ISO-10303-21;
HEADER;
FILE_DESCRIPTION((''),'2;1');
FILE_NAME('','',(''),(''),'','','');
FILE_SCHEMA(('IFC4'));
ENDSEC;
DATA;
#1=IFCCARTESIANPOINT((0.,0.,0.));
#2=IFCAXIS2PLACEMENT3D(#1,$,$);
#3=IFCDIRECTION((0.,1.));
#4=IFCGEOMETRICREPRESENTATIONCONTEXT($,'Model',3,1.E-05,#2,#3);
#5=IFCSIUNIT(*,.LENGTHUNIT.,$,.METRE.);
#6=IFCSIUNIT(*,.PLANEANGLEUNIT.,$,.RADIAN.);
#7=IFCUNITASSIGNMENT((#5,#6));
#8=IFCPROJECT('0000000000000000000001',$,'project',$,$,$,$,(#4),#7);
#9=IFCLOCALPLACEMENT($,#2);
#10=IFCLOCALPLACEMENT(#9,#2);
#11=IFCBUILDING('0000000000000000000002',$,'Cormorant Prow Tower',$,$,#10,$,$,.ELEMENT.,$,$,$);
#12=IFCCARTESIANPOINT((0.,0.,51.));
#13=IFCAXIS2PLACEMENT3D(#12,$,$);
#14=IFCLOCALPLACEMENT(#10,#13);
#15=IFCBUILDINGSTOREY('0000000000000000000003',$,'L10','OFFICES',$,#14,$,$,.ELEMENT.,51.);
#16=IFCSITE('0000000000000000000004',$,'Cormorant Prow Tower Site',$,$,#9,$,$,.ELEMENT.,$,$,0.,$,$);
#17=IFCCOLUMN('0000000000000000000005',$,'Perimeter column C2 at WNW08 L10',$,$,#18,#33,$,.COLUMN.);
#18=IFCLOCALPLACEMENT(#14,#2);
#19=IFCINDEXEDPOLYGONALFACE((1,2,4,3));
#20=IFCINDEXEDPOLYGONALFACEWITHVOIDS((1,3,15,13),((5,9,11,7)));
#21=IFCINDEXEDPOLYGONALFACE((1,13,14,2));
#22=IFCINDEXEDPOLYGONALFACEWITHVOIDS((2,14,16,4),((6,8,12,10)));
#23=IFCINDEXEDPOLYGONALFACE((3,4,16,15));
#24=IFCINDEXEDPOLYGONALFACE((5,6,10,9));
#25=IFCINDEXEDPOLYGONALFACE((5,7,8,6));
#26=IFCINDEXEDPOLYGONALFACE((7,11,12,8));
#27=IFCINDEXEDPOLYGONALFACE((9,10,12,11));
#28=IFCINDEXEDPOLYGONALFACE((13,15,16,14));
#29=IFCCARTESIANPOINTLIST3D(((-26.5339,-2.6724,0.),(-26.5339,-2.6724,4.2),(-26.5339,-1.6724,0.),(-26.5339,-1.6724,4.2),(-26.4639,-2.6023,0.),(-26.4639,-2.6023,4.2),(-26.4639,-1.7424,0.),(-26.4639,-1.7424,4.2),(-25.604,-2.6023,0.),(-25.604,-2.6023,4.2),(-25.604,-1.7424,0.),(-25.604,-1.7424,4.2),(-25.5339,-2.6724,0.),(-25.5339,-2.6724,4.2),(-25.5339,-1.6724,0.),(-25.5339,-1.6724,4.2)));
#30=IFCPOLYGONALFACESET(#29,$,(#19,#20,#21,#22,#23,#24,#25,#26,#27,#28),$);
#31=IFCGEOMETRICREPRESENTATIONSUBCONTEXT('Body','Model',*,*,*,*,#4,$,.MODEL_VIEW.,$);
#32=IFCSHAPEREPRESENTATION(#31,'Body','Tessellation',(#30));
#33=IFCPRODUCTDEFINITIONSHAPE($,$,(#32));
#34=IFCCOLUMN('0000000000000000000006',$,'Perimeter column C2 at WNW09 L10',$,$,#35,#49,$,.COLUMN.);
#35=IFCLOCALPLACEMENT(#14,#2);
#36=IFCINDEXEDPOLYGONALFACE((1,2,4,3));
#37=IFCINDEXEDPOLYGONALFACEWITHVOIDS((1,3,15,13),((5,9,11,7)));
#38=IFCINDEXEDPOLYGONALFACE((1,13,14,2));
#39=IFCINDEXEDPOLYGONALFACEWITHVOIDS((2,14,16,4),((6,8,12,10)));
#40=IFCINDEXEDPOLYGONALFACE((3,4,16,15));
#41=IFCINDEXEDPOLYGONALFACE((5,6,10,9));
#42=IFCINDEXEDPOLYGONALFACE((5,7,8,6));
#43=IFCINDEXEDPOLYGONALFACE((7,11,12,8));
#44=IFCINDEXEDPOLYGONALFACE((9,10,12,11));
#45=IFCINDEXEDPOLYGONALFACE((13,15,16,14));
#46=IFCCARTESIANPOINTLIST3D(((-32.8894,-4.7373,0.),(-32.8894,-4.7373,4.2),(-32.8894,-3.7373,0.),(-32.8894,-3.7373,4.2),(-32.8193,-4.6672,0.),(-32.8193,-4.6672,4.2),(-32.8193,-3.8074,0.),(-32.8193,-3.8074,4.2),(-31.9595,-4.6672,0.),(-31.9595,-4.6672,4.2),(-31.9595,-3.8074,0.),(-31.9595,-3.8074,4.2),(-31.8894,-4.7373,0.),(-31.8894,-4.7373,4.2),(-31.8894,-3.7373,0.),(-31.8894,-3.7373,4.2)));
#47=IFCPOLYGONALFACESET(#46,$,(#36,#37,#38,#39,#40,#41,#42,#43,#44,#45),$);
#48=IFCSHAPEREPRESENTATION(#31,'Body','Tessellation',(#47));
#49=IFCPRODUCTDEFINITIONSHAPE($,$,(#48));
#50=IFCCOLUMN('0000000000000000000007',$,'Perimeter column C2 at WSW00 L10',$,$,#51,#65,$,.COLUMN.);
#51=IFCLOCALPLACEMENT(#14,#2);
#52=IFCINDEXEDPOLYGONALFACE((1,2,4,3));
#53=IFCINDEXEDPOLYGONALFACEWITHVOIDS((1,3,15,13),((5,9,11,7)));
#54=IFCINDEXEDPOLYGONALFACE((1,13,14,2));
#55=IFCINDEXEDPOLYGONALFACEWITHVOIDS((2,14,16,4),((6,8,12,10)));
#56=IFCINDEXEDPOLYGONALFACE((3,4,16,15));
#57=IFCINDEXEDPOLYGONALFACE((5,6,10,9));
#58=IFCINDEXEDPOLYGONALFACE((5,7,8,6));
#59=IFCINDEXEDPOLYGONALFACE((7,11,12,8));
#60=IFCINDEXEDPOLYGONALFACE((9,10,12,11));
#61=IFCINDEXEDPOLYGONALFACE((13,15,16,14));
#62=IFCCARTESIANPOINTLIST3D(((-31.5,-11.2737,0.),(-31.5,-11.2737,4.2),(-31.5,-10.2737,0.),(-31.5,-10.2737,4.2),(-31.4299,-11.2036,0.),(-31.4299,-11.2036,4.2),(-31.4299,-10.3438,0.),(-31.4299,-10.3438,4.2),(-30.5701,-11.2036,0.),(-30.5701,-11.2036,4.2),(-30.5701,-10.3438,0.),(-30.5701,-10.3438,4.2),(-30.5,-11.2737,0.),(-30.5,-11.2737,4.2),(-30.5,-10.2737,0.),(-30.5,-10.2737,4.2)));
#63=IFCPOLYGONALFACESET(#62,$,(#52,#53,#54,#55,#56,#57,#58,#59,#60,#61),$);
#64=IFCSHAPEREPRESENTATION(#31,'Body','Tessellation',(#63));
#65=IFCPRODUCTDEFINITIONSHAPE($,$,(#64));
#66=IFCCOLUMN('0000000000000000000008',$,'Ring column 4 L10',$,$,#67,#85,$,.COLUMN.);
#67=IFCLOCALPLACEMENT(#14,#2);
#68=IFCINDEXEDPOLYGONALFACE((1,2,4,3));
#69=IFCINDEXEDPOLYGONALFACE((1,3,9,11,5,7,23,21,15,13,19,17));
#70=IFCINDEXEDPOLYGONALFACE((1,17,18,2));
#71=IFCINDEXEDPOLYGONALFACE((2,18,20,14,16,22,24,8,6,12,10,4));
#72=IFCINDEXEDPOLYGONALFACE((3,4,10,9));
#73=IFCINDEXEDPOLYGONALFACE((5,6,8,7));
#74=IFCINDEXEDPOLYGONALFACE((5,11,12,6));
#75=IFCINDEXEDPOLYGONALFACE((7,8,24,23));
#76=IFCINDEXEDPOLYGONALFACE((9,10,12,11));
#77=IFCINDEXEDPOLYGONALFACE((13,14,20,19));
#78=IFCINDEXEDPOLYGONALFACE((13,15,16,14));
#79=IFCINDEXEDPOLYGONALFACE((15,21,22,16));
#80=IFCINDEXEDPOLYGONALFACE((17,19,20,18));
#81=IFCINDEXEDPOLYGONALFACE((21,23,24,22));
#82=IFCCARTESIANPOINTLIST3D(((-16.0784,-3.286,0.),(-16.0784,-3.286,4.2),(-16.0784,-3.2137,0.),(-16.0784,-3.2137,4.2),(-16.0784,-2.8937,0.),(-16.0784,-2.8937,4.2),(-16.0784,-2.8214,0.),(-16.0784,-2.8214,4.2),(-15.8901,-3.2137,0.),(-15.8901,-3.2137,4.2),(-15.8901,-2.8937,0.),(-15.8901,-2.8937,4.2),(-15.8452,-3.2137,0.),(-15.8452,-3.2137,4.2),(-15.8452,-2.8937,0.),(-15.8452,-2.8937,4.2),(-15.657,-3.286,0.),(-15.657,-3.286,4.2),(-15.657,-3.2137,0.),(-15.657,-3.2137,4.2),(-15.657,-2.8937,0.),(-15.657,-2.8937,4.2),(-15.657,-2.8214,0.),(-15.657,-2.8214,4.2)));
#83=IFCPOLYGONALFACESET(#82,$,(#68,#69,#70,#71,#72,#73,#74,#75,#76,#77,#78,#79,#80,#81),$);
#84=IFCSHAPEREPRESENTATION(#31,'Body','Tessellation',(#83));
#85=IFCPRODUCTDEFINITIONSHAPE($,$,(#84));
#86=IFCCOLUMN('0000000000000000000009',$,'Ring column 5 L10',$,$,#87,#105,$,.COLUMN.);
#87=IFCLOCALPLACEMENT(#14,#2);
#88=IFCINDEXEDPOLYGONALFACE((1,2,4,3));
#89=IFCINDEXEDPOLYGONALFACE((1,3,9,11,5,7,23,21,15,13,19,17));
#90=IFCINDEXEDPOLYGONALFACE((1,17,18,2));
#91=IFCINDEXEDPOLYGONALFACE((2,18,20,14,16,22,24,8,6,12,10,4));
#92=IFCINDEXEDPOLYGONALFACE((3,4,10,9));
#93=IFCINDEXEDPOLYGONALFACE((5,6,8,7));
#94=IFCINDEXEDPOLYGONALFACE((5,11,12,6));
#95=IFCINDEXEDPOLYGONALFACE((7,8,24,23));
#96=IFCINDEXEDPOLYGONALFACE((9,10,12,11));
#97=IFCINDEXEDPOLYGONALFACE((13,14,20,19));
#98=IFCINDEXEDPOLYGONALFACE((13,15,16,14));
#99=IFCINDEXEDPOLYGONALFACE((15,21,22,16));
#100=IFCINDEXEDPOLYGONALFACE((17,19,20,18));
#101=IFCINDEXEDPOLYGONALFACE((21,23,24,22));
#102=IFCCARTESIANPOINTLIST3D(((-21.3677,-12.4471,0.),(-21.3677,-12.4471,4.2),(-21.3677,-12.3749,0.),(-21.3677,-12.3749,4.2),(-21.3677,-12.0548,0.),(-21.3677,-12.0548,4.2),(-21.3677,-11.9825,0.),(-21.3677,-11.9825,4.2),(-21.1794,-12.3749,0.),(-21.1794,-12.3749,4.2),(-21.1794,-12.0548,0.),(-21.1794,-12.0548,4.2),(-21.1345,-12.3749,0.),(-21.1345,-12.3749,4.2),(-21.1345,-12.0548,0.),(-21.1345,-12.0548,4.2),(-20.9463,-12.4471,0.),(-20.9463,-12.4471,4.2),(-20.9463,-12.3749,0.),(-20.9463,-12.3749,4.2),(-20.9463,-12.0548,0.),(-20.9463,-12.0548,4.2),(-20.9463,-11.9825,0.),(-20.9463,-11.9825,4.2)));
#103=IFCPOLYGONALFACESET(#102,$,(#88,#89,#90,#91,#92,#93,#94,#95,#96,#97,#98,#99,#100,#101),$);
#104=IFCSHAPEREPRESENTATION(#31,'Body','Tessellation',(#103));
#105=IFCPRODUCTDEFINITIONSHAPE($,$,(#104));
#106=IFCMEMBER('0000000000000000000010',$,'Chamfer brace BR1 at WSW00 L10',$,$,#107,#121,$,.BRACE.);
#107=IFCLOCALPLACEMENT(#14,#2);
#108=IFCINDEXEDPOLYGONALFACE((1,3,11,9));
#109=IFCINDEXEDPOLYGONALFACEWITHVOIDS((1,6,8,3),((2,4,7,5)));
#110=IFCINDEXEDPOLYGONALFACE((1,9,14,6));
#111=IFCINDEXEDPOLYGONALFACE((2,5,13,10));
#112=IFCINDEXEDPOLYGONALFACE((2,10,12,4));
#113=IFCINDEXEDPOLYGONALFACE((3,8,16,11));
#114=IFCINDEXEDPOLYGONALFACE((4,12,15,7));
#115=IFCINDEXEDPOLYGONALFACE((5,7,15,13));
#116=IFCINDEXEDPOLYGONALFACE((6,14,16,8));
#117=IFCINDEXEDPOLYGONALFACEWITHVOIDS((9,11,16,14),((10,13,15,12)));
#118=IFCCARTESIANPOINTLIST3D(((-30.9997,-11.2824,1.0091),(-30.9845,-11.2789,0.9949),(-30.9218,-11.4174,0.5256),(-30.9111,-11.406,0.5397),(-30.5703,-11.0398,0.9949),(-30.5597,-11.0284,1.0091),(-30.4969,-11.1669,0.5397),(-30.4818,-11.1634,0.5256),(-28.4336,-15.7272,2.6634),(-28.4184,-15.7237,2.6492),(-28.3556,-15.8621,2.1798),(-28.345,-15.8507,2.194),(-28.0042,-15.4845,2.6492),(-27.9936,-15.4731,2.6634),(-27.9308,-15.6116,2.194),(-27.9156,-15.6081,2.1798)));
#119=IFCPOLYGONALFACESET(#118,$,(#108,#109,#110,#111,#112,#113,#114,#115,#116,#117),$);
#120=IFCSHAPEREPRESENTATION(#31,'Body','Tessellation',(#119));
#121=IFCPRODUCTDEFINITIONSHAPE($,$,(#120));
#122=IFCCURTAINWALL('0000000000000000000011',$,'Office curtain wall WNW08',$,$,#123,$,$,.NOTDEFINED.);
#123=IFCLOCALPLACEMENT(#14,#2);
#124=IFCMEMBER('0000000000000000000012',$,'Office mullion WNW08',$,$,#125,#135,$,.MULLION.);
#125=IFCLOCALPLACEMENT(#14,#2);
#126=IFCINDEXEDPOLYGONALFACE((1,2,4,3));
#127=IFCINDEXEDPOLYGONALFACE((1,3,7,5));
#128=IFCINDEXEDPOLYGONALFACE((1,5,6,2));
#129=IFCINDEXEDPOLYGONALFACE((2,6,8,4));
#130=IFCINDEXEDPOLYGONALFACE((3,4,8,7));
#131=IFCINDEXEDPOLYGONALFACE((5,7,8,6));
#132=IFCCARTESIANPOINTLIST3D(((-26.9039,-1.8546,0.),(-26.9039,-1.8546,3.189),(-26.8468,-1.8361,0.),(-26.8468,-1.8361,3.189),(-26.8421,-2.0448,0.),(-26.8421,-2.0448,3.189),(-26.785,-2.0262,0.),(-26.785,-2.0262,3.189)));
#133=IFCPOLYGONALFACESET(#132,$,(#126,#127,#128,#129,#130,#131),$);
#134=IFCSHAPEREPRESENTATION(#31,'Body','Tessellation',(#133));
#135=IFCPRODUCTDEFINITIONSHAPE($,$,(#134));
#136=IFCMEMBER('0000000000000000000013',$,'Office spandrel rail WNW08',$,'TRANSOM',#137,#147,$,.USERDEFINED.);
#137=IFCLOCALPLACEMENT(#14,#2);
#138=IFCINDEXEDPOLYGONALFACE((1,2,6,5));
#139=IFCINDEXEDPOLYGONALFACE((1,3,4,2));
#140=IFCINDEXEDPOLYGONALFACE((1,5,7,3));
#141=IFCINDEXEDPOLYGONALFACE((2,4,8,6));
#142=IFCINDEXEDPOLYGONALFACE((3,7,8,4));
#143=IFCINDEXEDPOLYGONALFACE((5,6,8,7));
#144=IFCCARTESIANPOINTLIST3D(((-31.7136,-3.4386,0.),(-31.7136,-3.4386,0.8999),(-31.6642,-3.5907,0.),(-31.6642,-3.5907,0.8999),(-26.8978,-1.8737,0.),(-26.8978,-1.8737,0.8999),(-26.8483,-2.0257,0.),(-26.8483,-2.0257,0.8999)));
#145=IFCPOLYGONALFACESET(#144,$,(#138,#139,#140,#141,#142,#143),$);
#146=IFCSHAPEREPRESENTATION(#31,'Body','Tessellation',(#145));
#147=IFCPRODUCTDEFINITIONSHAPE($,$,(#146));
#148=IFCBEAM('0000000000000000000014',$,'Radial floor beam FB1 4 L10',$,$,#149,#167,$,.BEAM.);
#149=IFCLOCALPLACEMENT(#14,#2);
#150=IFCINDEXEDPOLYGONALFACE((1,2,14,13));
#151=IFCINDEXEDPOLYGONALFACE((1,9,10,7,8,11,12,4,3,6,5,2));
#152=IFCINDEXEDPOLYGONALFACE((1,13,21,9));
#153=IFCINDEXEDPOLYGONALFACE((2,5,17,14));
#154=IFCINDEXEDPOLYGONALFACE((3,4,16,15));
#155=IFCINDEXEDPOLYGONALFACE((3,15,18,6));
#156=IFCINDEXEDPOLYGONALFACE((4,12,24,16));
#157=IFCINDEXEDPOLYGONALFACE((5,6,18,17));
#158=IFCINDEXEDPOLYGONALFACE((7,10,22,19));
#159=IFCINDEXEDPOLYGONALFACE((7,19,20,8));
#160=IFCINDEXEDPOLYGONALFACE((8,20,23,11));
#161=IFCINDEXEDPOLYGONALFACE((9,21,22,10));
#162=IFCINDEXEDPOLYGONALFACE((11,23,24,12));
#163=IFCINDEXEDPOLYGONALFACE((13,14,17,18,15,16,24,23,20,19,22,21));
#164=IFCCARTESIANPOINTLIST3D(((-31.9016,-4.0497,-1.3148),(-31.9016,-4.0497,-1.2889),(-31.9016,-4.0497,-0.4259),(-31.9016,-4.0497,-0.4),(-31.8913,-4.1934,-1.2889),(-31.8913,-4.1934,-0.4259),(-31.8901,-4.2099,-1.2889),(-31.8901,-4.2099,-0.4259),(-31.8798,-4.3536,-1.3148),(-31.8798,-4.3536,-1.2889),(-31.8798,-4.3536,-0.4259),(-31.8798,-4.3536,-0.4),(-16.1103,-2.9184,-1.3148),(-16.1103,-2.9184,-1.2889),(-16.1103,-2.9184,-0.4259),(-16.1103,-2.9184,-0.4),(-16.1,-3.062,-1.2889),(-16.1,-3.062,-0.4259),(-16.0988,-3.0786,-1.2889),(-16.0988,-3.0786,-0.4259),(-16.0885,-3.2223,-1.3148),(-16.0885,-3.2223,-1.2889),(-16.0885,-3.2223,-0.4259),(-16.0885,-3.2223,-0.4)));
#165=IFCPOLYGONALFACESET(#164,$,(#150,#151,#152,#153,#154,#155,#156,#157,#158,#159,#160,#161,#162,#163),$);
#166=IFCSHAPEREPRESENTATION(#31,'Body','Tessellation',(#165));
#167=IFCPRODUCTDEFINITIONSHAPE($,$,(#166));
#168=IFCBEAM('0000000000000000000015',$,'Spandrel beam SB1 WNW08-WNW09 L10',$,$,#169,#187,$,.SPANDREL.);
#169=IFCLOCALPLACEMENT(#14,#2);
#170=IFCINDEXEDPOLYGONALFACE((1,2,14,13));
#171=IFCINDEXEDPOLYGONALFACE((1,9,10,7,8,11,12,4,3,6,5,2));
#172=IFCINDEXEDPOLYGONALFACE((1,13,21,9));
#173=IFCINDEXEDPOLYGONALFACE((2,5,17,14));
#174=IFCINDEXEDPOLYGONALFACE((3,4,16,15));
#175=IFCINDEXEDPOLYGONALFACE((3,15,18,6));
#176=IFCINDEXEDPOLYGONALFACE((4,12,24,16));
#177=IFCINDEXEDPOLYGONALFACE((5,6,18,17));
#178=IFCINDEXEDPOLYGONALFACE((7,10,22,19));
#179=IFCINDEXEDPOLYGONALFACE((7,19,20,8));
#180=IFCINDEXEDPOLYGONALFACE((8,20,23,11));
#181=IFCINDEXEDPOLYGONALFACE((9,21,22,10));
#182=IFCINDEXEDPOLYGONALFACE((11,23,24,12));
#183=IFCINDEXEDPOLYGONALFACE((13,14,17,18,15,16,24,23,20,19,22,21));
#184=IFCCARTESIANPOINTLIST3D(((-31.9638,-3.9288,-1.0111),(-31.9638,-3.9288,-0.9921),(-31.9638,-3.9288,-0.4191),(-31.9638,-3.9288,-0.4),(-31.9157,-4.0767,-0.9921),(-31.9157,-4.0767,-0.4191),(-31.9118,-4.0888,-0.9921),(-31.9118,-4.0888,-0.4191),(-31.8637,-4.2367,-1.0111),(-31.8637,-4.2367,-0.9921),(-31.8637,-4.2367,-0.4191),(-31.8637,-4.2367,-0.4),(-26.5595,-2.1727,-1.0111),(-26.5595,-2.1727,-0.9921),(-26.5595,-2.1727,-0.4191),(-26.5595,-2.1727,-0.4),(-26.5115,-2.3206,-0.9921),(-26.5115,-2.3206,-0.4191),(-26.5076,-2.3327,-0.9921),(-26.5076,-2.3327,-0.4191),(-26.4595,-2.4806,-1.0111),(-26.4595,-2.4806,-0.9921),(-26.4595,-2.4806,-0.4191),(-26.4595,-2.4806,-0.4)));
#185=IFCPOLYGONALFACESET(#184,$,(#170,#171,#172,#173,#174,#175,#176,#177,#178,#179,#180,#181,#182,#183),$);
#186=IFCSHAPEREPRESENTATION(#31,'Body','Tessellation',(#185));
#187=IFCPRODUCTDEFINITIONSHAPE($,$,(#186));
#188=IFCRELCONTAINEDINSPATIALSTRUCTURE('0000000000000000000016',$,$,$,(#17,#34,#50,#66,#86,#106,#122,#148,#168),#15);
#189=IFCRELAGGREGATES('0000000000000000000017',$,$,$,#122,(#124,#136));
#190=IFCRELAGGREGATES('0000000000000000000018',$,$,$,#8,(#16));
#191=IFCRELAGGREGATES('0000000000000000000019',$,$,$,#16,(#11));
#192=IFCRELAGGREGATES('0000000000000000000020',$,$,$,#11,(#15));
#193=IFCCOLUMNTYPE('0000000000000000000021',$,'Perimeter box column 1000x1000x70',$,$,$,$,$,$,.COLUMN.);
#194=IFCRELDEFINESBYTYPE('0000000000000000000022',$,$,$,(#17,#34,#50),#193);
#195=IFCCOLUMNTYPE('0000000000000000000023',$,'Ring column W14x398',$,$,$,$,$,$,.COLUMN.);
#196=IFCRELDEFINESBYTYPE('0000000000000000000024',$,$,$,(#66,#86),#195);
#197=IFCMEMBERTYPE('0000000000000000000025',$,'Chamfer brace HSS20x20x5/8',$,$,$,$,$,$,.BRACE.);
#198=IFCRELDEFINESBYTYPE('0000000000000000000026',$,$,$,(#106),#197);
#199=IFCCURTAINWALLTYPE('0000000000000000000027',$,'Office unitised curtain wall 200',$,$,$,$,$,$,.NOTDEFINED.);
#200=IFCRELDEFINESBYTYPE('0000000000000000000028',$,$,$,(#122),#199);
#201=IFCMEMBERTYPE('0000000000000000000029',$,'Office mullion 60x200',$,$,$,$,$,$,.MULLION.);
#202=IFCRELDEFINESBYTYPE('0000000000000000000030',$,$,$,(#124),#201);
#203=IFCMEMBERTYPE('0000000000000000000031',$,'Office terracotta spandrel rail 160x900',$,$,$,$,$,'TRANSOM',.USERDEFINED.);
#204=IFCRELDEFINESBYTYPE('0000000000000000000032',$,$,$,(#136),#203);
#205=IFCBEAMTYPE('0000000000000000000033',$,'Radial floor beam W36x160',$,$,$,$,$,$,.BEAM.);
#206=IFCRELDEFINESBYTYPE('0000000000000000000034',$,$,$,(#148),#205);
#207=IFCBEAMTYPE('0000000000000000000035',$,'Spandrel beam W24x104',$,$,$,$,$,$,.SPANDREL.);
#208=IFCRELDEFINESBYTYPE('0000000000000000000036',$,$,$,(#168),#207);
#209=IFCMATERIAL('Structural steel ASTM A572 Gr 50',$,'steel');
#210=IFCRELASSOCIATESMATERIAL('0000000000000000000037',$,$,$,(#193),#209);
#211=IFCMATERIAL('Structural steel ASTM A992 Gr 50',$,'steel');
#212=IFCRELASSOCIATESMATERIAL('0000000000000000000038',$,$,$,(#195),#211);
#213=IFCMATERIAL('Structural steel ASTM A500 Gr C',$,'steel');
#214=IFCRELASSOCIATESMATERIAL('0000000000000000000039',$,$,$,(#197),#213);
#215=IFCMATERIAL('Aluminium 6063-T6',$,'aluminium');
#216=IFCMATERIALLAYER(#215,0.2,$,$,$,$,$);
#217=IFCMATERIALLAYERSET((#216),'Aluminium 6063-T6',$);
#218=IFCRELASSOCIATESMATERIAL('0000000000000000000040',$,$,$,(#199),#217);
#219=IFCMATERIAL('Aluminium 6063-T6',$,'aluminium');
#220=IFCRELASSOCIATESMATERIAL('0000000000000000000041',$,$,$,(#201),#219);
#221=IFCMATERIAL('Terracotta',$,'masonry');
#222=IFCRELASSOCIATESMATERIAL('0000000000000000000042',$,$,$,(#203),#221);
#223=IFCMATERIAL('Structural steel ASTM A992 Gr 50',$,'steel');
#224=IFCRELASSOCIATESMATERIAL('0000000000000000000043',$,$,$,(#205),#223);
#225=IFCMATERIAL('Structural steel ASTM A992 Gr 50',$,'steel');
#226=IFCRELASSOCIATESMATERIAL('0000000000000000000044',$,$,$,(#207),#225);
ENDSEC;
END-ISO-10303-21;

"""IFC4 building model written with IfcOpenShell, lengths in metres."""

from ifc_helpers import new_model, si_unit, direction, frame, origin, origin_2d, place, context, subcontext, project, spatial, rectangle, hollow_rectangle, i_section, extrude, material, layer, layer_set, material_profile, profile_set, type_object, element, aggregate, save


model = new_model("IFC4")

# Units and contexts
model_context = context("Model", 3, precision=1e-05, world=origin(), true_north=direction((0.0, 1.0)))
body_context = subcontext(model_context, "Body", "Model", "MODEL_VIEW")
ifc_project = project(units=[si_unit("LENGTHUNIT", "METRE"), si_unit("PLANEANGLEUNIT", "RADIAN")], contexts=[model_context])

# Site, building, storey
site_placement = place(None, origin())
site = spatial("IfcSite", under=ifc_project, at=site_placement, Name="Cormorant Prow Tower Site", CompositionType="ELEMENT", RefElevation=0.0)
building_placement = place(site_placement, origin())
building = spatial("IfcBuilding", under=site, at=building_placement, Name="Cormorant Prow Tower", CompositionType="ELEMENT")
storey_placement = place(building_placement, frame((0.0, 0.0, 51.0)))
storey = spatial("IfcBuildingStorey", under=building, at=storey_placement, Name="L10", Description="OFFICES", CompositionType="ELEMENT", Elevation=51.0)

# Columns
ifc_material_1 = material(Name="Structural steel ASTM A572 Gr 50", Category="steel")
ifc_material_profile_1 = material_profile(ifc_material_1, hollow_rectangle(XDim=1.0, YDim=1.0, WallThickness=0.0701, at=origin_2d()), Name="Box 1000x1000x70")
ifc_profile_set_1 = profile_set([ifc_material_profile_1], Name="Structural steel ASTM A572 Gr 50")
column_type_1 = type_object("IfcColumnType", Name="Perimeter box column 1000x1000x70", PredefinedType="COLUMN", material=ifc_profile_set_1)
for number, where, z_axis, x_axis, name in (
    (1, (-26.0339, -2.1724, 0.0), (0.0, 0.0, 1.0), (1.0, 0.0, 0.0), "Perimeter column C2 at WNW08 L10"),
    (2, (-32.3894, -4.2373, 0.0), (0.0, 0.0, 1.0), (1.0, 0.0, 0.0), "Perimeter column C2 at WNW09 L10"),
    (3, (-31.0, -10.7737, 0.0), (0.0, 0.0, 1.0), (1.0, 0.0, 0.0), "Perimeter column C2 at WSW00 L10"),
):
    element("IfcColumn", number, at=place(storey_placement, frame(where, z_axis=z_axis, x_axis=x_axis)), inside=storey, type_object=column_type_1, Name=name, PredefinedType="COLUMN", context=body_context, shape_type="SweptSolid", body=[
        extrude(hollow_rectangle(XDim=1.0, YDim=1.0, WallThickness=0.0701, at=origin_2d()), origin(), (0.0, 0.0, 1.0), 4.2),
    ])
ifc_material_2 = material(Name="Structural steel ASTM A992 Gr 50", Category="steel")
ifc_material_profile_2 = material_profile(ifc_material_2, i_section(OverallWidth=0.4214, OverallDepth=0.4646, WebThickness=0.0449, FlangeThickness=0.0723, at=origin_2d()), Name="W14x398")
ifc_profile_set_2 = profile_set([ifc_material_profile_2], Name="Structural steel ASTM A992 Gr 50")
column_type_2 = type_object("IfcColumnType", Name="Ring column W14x398", PredefinedType="COLUMN", material=ifc_profile_set_2)
for number, where, z_axis, x_axis, name in (
    (4, (-15.8677, -3.0537, 0.0), (0.0, 0.0, 1.0), (1.0, 0.0, 0.0), "Ring column 4 L10"),
    (5, (-21.157, -12.2148, 0.0), (0.0, 0.0, 1.0), (1.0, 0.0, 0.0), "Ring column 5 L10"),
):
    element("IfcColumn", number, at=place(storey_placement, frame(where, z_axis=z_axis, x_axis=x_axis)), inside=storey, type_object=column_type_2, Name=name, PredefinedType="COLUMN", context=body_context, shape_type="SweptSolid", body=[
        extrude(i_section(OverallWidth=0.4214, OverallDepth=0.4646, WebThickness=0.0449, FlangeThickness=0.0723, at=origin_2d()), origin(), (0.0, 0.0, 1.0), 4.2),
    ])

# Member
ifc_material_3 = material(Name="Structural steel ASTM A500 Gr C", Category="steel")
ifc_material_profile_3 = material_profile(ifc_material_3, hollow_rectangle(XDim=0.5081, YDim=0.5081, WallThickness=0.0149, at=origin_2d()), Name="HSS20x20x5/8")
ifc_profile_set_3 = profile_set([ifc_material_profile_3], Name="Structural steel ASTM A500 Gr C")
member_type_1 = type_object("IfcMemberType", Name="Chamfer brace HSS20x20x5/8", PredefinedType="BRACE", material=ifc_profile_set_3)
member_1_placement = place(storey_placement, frame((-30.7407, -11.2229, 0.7673), z_axis=(0.475882, -0.82427, 0.306781), x_axis=(0.86603, 0.499991, 0.0)))
element("IfcMember", 6, at=member_1_placement, inside=storey, type_object=member_type_1, Name="Chamfer brace BR1 at WSW00 L10", PredefinedType="BRACE", context=body_context, shape_type="SweptSolid", body=[
    extrude(hollow_rectangle(XDim=0.5081, YDim=0.5081, WallThickness=0.0149, at=origin_2d()), origin(), (0.0, 0.0, 1.0), 5.3923),
])

# Curtain wall, members
ifc_material_4 = material(Name="Aluminium 6063-T6", Category="aluminium")
ifc_layer_1 = layer(ifc_material_4, 0.2)
ifc_layer_set_1 = layer_set([ifc_layer_1], Name="Aluminium 6063-T6")
curtain_wall_type = type_object("IfcCurtainWallType", Name="Office unitised curtain wall 200", PredefinedType="NOTDEFINED", material=ifc_layer_set_1)
curtain_wall_placement = place(storey_placement, origin())
curtain_wall = element("IfcCurtainWall", 7, at=curtain_wall_placement, inside=storey, type_object=curtain_wall_type, Name="Office curtain wall WNW08", PredefinedType="NOTDEFINED")
ifc_material_5 = material(Name="Aluminium 6063-T6", Category="aluminium")
ifc_material_profile_4 = material_profile(ifc_material_5, rectangle(XDim=0.2, YDim=0.0601, at=origin_2d()), Name="Office mullion 60x200")
ifc_profile_set_4 = profile_set([ifc_material_profile_4], Name="Aluminium 6063-T6")
member_type_2 = type_object("IfcMemberType", Name="Office mullion 60x200", PredefinedType="MULLION", material=ifc_profile_set_4)
member_2_placement = place(storey_placement, frame((-26.8445, -1.9404, 0.0), z_axis=(0.0, 0.0, 1.0), x_axis=(0.309017, -0.951057, 0.0)))
member_2 = element("IfcMember", 8, at=member_2_placement, type_object=member_type_2, Name="Office mullion WNW08", PredefinedType="MULLION", context=body_context, shape_type="SweptSolid", body=[
    extrude(rectangle(XDim=0.2, YDim=0.0601, at=origin_2d()), origin(), (0.0, 0.0, 1.0), 3.189),
])
ifc_material_6 = material(Name="Terracotta", Category="masonry")
ifc_material_profile_5 = material_profile(ifc_material_6, rectangle(XDim=0.1599, YDim=0.8999, at=origin_2d()), Name="Office terracotta spandrel rail 160x900")
ifc_profile_set_5 = profile_set([ifc_material_profile_5], Name="Terracotta")
member_type_3 = type_object("IfcMemberType", Name="Office terracotta spandrel rail 160x900", ElementType="TRANSOM", PredefinedType="USERDEFINED", material=ifc_profile_set_5)
member_3_placement = place(storey_placement, frame((-26.873, -1.9497, 0.45), z_axis=(-0.951048, -0.309045, 0.0), x_axis=(0.309045, -0.951048, 0.0)))
member_3 = element("IfcMember", 9, at=member_3_placement, type_object=member_type_3, Name="Office spandrel rail WNW08", ObjectType="TRANSOM", PredefinedType="USERDEFINED", context=body_context, shape_type="SweptSolid", body=[
    extrude(rectangle(XDim=0.1599, YDim=0.8999, at=origin_2d()), origin(), (0.0, 0.0, 1.0), 5.0637),
])

# Beams
ifc_material_7 = material(Name="Structural steel ASTM A992 Gr 50", Category="steel")
ifc_material_profile_6 = material_profile(ifc_material_7, i_section(OverallWidth=0.3047, OverallDepth=0.9148, WebThickness=0.0166, FlangeThickness=0.0259, at=origin_2d()), Name="W36x160")
ifc_profile_set_6 = profile_set([ifc_material_profile_6], Name="Structural steel ASTM A992 Gr 50")
beam_type_1 = type_object("IfcBeamType", Name="Radial floor beam W36x160", PredefinedType="BEAM", material=ifc_profile_set_6)
beam_1_placement = place(storey_placement, frame((-16.0994, -3.0703, -0.8574), z_axis=(-0.997443, -0.071461, 0.0), x_axis=(0.071461, -0.997443, 0.0)))
element("IfcBeam", 10, at=beam_1_placement, inside=storey, type_object=beam_type_1, Name="Radial floor beam FB1 4 L10", PredefinedType="BEAM", context=body_context, shape_type="SweptSolid", body=[
    extrude(i_section(OverallWidth=0.3047, OverallDepth=0.9148, WebThickness=0.0166, FlangeThickness=0.0259, at=origin_2d()), origin(), (0.0, 0.0, 1.0), 15.8318),
])
ifc_material_8 = material(Name="Structural steel ASTM A992 Gr 50", Category="steel")
ifc_material_profile_7 = material_profile(ifc_material_8, i_section(OverallWidth=0.3237, OverallDepth=0.6111, WebThickness=0.0127, FlangeThickness=0.019, at=origin_2d()), Name="W24x104")
ifc_profile_set_7 = profile_set([ifc_material_profile_7], Name="Structural steel ASTM A992 Gr 50")
beam_type_2 = type_object("IfcBeamType", Name="Spandrel beam W24x104", PredefinedType="SPANDREL", material=ifc_profile_set_7)
beam_2_placement = place(storey_placement, frame((-26.5095, -2.3267, -0.7056), z_axis=(-0.951049, -0.309039, 0.0), x_axis=(0.309039, -0.951049, 0.0)))
element("IfcBeam", 11, at=beam_2_placement, inside=storey, type_object=beam_type_2, Name="Spandrel beam SB1 WNW08-WNW09 L10", PredefinedType="SPANDREL", context=body_context, shape_type="SweptSolid", body=[
    extrude(i_section(OverallWidth=0.3237, OverallDepth=0.6111, WebThickness=0.0127, FlangeThickness=0.019, at=origin_2d()), origin(), (0.0, 0.0, 1.0), 5.6824),
])

aggregate(curtain_wall, [member_2, member_3])

save(model, "model.ifc")
